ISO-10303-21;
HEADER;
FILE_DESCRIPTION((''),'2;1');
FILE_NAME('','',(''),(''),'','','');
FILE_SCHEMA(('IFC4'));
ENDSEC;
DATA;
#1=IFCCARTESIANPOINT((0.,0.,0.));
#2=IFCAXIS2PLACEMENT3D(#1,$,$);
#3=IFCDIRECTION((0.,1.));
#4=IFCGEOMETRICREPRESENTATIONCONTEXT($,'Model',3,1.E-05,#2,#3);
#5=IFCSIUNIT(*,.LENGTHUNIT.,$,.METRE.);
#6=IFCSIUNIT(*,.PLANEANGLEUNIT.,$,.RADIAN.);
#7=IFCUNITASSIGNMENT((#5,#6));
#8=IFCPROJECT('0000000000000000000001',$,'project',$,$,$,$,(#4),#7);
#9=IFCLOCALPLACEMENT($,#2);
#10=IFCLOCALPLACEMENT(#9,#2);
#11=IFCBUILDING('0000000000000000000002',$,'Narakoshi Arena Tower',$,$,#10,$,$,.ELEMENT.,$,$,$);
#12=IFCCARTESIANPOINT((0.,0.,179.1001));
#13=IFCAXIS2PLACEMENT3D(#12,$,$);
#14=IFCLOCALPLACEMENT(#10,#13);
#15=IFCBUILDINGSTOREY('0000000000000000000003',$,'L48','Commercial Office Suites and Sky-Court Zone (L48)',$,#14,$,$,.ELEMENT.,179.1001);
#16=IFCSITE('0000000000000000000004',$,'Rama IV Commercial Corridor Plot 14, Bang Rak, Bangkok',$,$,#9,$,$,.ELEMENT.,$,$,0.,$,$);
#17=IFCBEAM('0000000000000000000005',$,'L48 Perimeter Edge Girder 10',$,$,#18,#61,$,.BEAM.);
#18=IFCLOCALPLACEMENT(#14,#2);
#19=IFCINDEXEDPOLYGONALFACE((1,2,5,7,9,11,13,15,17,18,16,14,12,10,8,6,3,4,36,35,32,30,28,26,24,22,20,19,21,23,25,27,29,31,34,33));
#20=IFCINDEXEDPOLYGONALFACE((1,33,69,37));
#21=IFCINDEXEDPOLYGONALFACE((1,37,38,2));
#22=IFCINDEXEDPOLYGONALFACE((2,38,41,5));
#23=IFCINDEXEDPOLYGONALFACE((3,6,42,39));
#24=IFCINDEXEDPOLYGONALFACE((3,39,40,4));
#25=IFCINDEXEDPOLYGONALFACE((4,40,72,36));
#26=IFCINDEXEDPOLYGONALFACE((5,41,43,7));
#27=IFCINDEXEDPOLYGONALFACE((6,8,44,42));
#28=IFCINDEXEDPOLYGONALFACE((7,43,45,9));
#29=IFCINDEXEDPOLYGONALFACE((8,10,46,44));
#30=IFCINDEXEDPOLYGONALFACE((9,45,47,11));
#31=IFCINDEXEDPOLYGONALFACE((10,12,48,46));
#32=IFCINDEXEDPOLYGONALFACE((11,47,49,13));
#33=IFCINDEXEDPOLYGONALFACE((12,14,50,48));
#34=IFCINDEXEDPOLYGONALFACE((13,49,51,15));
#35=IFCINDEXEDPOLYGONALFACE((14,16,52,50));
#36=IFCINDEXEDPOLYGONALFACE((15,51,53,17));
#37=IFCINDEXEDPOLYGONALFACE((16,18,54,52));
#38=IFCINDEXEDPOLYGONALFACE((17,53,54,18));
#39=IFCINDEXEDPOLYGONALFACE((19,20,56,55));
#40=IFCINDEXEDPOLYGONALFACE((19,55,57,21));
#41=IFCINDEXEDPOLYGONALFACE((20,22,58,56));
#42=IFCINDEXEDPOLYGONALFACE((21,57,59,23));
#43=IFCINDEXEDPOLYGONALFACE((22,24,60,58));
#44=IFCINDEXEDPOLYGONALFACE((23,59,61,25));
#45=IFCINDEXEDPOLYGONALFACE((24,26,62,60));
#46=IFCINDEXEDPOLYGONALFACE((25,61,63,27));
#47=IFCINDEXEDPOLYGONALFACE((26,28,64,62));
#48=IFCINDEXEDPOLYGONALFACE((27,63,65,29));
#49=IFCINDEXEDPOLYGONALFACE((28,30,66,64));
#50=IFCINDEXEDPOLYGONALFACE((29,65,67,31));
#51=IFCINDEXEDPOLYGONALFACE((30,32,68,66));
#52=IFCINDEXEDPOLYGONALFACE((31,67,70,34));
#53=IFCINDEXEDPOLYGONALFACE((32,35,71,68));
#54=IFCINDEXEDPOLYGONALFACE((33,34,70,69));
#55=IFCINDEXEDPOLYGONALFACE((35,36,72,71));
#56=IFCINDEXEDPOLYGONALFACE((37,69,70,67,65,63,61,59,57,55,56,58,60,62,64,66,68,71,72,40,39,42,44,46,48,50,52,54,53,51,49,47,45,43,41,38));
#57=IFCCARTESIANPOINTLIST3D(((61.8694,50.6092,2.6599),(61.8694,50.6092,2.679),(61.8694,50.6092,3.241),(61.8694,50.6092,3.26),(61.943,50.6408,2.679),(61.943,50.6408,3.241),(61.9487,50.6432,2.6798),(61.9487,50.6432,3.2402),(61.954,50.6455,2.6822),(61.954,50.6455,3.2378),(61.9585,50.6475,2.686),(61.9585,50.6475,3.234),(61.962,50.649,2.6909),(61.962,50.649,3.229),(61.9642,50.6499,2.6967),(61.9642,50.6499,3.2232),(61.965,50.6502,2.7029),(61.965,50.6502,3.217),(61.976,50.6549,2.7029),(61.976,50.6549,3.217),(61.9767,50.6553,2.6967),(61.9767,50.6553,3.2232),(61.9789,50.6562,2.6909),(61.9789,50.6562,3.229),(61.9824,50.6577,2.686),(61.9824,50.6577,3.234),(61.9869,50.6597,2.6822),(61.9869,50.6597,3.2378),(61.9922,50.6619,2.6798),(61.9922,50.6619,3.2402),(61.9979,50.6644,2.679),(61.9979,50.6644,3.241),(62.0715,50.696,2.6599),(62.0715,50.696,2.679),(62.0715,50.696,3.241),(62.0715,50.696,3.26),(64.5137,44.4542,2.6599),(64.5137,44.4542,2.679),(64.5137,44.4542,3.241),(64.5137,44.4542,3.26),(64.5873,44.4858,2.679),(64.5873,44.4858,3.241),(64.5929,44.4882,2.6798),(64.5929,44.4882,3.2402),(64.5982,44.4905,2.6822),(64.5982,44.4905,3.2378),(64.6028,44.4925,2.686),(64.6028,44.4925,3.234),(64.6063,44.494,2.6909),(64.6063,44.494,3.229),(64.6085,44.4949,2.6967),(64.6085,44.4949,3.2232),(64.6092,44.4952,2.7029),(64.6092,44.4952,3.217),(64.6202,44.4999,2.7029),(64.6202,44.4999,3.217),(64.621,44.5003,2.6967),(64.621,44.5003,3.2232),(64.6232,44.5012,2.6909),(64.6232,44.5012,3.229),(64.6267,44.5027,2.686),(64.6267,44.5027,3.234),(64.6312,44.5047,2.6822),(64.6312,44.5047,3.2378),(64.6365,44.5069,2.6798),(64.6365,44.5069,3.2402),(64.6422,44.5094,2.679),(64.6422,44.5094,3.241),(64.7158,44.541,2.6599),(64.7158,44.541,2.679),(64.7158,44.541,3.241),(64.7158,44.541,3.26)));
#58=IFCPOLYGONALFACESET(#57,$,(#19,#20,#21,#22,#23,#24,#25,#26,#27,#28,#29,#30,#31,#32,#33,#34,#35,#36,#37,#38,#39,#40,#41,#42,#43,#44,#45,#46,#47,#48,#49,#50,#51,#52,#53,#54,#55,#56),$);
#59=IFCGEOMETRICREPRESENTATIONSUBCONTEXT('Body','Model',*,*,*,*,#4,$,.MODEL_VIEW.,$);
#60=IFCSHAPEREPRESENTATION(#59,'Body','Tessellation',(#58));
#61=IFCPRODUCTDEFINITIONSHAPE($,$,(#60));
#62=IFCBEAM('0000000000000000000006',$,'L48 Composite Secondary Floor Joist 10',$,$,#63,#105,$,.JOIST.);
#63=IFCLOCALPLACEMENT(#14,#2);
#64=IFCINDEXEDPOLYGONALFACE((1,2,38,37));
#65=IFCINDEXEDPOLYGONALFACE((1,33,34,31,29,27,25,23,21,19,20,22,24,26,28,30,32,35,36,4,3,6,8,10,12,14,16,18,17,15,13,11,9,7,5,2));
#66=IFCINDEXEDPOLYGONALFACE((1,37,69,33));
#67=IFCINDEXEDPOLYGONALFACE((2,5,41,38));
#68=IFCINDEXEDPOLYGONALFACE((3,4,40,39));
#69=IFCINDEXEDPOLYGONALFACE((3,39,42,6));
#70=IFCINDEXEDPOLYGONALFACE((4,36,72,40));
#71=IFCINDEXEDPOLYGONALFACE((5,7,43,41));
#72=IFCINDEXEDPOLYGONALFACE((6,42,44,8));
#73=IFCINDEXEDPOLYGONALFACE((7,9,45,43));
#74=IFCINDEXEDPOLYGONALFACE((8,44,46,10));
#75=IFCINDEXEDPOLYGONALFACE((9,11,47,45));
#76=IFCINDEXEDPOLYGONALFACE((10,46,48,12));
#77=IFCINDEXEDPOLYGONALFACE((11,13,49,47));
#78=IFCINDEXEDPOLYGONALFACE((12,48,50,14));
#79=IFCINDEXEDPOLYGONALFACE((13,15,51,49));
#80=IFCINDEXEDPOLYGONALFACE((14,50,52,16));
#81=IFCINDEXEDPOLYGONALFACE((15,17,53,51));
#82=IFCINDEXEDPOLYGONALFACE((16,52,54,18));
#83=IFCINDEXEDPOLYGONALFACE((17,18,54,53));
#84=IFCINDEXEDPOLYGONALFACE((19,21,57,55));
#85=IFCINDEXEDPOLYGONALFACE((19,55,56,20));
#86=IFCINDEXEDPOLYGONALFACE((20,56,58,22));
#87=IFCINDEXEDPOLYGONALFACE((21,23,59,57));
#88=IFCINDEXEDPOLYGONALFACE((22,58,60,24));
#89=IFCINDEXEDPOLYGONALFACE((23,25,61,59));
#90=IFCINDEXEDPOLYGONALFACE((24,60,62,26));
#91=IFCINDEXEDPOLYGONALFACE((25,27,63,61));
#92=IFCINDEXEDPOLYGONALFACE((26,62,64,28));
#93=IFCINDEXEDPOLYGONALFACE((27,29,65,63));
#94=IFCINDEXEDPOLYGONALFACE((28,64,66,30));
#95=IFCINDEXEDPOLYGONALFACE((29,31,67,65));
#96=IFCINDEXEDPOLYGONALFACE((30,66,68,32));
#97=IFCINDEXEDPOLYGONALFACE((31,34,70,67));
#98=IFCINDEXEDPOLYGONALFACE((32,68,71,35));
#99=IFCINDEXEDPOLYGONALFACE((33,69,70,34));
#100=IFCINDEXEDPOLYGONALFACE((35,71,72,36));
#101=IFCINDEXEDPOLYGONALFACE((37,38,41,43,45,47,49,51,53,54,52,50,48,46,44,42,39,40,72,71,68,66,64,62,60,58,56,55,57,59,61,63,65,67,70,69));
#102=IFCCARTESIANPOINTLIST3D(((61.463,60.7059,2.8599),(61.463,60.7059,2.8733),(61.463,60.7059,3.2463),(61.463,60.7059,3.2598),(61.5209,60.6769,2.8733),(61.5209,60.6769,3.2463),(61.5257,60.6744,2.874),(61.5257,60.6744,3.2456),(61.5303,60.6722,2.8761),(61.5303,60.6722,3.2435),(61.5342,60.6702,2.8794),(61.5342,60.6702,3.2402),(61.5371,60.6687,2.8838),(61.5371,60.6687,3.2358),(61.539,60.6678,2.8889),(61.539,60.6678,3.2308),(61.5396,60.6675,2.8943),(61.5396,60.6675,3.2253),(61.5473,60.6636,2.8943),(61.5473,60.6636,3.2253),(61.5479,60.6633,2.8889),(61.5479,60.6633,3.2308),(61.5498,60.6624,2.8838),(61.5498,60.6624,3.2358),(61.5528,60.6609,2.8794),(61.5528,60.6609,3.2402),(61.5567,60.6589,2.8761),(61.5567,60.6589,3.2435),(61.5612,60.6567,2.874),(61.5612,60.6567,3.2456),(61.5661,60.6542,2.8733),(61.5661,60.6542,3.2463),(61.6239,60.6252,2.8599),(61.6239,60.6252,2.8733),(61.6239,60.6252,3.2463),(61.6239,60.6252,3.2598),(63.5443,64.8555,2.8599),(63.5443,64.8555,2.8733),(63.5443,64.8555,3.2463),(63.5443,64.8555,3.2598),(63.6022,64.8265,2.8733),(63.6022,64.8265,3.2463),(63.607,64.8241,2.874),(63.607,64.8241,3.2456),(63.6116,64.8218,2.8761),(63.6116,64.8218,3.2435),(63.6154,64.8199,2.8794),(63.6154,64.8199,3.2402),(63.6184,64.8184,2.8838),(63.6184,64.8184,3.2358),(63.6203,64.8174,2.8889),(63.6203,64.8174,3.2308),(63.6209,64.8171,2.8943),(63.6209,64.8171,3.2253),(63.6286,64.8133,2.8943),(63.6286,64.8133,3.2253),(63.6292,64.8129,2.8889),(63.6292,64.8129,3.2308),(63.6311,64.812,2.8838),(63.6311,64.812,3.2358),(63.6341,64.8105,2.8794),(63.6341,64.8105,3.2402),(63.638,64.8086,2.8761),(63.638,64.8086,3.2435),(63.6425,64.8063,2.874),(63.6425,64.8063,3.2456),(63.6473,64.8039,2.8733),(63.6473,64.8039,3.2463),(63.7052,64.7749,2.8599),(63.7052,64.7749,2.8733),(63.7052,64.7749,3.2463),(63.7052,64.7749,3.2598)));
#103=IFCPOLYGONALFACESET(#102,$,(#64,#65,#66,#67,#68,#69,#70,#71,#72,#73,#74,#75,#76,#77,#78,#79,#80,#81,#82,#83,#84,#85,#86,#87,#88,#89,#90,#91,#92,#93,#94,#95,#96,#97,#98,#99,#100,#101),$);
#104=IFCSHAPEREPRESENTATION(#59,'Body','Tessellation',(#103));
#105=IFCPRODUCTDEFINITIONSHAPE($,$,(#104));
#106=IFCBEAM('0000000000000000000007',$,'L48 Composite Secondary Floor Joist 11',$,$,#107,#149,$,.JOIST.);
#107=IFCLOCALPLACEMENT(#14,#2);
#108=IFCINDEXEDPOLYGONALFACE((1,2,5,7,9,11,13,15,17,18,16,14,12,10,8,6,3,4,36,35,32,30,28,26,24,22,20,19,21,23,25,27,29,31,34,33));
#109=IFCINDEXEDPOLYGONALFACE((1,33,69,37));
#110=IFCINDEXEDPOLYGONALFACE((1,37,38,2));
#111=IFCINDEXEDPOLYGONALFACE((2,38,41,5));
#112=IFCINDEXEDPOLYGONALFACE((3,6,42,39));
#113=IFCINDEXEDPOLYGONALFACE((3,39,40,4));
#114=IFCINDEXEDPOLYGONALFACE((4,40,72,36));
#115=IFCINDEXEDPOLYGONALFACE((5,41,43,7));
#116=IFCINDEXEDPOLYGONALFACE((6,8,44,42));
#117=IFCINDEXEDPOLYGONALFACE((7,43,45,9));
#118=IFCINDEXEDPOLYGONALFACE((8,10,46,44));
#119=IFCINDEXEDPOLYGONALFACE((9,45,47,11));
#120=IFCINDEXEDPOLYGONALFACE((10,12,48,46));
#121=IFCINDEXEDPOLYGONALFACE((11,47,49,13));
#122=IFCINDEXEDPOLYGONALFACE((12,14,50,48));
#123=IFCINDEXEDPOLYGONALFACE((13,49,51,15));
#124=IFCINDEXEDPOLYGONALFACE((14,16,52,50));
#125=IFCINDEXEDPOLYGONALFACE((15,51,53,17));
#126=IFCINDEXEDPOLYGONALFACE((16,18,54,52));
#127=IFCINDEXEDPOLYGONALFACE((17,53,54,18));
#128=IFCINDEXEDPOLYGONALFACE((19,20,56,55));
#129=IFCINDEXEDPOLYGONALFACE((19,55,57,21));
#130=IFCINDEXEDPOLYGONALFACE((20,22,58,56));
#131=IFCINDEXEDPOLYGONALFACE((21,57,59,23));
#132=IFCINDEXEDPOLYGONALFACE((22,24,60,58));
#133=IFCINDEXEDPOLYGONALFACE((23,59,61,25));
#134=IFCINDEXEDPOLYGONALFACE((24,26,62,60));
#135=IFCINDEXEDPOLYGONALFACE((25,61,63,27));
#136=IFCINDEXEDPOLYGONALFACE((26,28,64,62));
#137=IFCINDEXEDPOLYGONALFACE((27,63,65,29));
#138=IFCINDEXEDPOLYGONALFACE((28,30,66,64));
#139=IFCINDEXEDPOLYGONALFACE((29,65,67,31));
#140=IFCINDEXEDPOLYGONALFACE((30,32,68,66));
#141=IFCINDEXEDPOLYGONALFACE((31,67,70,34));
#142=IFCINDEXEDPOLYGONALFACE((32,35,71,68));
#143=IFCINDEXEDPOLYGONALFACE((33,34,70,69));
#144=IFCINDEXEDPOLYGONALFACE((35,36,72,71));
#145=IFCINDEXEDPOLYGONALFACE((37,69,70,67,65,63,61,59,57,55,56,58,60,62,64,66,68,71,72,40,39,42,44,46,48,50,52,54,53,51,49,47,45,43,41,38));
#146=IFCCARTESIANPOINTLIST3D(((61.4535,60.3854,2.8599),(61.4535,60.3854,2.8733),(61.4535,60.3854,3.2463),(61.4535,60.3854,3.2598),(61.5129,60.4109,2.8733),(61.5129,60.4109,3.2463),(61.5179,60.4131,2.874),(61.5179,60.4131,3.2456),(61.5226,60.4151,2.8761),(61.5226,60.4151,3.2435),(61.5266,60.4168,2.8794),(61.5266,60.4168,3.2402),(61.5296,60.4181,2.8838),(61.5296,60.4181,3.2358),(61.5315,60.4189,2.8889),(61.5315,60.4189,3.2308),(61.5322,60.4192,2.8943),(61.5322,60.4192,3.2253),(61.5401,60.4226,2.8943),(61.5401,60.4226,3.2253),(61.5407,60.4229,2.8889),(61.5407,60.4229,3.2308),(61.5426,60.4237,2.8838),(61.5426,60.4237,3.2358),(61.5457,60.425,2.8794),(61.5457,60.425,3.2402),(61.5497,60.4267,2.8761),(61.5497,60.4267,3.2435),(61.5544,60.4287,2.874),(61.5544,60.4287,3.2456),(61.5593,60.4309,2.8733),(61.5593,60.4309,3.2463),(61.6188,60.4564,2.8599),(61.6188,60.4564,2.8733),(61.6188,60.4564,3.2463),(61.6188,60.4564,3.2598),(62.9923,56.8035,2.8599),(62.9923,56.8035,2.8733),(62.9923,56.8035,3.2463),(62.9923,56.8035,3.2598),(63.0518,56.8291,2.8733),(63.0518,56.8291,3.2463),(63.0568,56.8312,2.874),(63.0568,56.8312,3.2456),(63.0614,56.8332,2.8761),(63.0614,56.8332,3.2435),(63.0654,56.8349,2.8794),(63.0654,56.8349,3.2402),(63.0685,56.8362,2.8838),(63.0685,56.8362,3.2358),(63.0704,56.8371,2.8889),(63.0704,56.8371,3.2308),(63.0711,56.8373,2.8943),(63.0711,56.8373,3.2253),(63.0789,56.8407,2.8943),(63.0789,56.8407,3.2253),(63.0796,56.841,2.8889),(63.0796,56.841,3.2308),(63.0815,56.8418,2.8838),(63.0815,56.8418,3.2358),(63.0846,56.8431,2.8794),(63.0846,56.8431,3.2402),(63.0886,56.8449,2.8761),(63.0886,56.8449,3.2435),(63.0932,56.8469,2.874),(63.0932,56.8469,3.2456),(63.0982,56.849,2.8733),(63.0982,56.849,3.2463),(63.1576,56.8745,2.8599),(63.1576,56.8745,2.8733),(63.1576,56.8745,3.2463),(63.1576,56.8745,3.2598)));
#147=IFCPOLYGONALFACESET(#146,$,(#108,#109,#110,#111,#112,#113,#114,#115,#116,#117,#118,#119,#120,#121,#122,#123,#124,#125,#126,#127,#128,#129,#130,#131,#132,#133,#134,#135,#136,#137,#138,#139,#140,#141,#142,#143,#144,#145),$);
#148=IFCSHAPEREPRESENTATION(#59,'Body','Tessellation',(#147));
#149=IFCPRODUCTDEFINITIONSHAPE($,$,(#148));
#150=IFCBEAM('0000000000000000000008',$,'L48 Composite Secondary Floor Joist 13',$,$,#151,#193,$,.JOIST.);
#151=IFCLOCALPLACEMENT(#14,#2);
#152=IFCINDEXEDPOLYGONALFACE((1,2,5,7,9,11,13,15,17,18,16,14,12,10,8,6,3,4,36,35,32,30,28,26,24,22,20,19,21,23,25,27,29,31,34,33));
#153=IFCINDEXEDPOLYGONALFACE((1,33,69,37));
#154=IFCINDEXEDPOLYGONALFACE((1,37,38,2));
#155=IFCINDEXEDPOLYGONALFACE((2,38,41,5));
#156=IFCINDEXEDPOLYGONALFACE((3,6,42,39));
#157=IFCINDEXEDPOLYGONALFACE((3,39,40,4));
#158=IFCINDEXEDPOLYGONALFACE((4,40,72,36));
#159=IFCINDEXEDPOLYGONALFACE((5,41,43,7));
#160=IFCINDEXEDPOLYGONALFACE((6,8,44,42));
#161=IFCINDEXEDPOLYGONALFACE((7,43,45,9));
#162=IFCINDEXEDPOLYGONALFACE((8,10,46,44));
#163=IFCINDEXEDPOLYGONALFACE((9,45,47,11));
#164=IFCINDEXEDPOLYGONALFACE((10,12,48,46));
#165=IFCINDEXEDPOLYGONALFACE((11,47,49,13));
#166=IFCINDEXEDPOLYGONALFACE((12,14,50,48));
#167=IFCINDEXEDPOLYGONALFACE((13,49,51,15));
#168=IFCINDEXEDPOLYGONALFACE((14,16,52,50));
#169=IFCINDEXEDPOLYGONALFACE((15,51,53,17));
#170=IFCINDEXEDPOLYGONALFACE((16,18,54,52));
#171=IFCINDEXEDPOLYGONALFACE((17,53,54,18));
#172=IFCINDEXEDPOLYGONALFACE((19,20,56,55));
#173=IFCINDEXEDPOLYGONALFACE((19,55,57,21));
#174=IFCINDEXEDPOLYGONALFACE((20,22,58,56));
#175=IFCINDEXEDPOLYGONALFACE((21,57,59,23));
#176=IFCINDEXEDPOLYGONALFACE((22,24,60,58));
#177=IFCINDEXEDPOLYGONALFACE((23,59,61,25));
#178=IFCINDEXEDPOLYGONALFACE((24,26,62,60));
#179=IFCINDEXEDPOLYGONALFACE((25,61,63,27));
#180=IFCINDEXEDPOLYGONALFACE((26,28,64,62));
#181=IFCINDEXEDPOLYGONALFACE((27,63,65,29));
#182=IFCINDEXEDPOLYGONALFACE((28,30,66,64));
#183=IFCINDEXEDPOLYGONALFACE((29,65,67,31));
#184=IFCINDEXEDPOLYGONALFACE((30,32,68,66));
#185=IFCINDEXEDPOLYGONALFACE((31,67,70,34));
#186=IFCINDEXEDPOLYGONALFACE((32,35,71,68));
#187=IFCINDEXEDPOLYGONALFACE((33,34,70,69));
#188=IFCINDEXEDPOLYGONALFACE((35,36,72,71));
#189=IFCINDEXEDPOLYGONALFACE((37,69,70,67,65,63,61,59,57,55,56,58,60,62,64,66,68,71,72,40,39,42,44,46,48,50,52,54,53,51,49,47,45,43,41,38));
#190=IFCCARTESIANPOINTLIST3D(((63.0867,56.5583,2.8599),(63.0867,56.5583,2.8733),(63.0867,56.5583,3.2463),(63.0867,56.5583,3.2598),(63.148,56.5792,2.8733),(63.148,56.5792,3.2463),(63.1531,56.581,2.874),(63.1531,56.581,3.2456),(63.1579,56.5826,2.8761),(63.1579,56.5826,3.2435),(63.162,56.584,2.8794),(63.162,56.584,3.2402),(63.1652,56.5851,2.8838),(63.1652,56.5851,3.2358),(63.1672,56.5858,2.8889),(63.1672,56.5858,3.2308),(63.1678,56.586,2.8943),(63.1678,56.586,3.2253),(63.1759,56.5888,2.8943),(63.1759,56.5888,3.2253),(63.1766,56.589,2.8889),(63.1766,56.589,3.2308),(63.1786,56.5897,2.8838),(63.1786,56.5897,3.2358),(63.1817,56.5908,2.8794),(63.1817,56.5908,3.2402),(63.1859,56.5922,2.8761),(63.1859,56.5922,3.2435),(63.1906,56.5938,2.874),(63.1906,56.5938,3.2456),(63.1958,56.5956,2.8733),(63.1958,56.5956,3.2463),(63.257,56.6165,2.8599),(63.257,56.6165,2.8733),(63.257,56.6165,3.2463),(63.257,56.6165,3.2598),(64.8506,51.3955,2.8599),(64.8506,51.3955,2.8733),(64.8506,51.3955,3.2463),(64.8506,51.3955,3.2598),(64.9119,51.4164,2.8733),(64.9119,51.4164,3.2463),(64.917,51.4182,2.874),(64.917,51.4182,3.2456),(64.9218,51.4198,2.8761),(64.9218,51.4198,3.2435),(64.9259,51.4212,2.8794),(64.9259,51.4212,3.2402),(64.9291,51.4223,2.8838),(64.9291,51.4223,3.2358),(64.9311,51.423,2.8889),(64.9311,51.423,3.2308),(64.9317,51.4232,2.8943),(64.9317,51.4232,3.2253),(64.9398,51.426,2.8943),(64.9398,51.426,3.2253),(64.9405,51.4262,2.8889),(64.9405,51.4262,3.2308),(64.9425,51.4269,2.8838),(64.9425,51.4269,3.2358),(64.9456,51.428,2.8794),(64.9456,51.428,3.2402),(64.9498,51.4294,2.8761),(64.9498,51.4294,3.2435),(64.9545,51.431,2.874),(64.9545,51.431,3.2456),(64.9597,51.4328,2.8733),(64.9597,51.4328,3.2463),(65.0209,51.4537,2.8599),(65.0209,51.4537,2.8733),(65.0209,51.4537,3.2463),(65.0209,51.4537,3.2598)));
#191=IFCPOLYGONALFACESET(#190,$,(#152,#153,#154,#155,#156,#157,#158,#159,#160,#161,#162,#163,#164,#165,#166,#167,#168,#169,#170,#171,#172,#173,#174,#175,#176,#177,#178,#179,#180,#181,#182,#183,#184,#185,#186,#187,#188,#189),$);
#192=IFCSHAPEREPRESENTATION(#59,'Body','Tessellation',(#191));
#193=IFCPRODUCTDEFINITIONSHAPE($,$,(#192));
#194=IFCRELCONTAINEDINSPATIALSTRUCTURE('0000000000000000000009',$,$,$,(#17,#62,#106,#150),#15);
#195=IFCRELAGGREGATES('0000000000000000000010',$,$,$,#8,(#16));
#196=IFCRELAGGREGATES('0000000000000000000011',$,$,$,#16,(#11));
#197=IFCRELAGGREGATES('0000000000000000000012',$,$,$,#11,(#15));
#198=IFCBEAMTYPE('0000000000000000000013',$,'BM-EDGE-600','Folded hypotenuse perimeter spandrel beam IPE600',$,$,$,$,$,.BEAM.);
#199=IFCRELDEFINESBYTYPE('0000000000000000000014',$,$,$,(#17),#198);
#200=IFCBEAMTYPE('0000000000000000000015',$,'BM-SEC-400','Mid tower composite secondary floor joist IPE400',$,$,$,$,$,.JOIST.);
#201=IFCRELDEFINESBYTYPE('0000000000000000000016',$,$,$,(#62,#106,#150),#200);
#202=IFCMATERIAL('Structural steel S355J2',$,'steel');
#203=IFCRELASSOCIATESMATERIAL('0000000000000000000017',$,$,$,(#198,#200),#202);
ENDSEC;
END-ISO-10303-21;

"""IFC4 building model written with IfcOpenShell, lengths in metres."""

from ifc_helpers import new_model, si_unit, direction, frame, origin, origin_2d, place, context, subcontext, project, spatial, i_section, extrude, material, material_profile, profile_set, type_object, element, save


model = new_model("IFC4")

# Units and contexts
model_context = context("Model", 3, precision=1e-05, world=origin(), true_north=direction((0.0, 1.0)))
body_context = subcontext(model_context, "Body", "Model", "MODEL_VIEW")
ifc_project = project(units=[si_unit("LENGTHUNIT", "METRE"), si_unit("PLANEANGLEUNIT", "RADIAN")], contexts=[model_context])

# Site, building, storey
site_placement = place(None, origin())
site = spatial("IfcSite", under=ifc_project, at=site_placement, Name="Rama IV Commercial Corridor Plot 14, Bang Rak, Bangkok", CompositionType="ELEMENT", RefElevation=0.0)
building_placement = place(site_placement, origin())
building = spatial("IfcBuilding", under=site, at=building_placement, Name="Narakoshi Arena Tower", CompositionType="ELEMENT")
storey_placement = place(building_placement, frame((0.0, 0.0, 179.1001)))
storey = spatial("IfcBuildingStorey", under=building, at=storey_placement, Name="L48", Description="Commercial Office Suites and Sky-Court Zone (L48)", CompositionType="ELEMENT", Elevation=179.1001)

# Beams
ifc_material_1 = material(Name="Structural steel S355J2", Category="steel")
ifc_material_profile_1 = material_profile(ifc_material_1, i_section(OverallWidth=0.22, OverallDepth=0.6001, WebThickness=0.012, FlangeThickness=0.019, FilletRadius=0.0239, at=origin_2d()), Name="IPE600")
ifc_profile_set_1 = profile_set([ifc_material_profile_1], Name="Structural steel S355J2")
beam_type_1 = type_object("IfcBeamType", Name="BM-EDGE-600", Description="Folded hypotenuse perimeter spandrel beam IPE600", PredefinedType="BEAM", material=ifc_profile_set_1)
beam_1_placement = place(storey_placement, frame((61.9705, 50.6526, 2.96), z_axis=(0.394728, -0.918798, 0.0), x_axis=(0.918798, 0.394728, 0.0)))
element("IfcBeam", 1, at=beam_1_placement, inside=storey, type_object=beam_type_1, Name="L48 Perimeter Edge Girder 10", PredefinedType="BEAM", context=body_context, shape_type="SweptSolid", body=[
    extrude(i_section(OverallWidth=0.22, OverallDepth=0.6001, WebThickness=0.012, FlangeThickness=0.019, FilletRadius=0.0239, at=origin_2d()), origin(), (0.0, 0.0, 1.0), 6.699),
])
ifc_material_profile_2 = material_profile(ifc_material_1, i_section(OverallWidth=0.1799, OverallDepth=0.3999, WebThickness=0.0085, FlangeThickness=0.0134, FilletRadius=0.021, at=origin_2d()), Name="IPE400")
ifc_profile_set_2 = profile_set([ifc_material_profile_2], Name="Structural steel S355J2")
beam_type_2 = type_object("IfcBeamType", Name="BM-SEC-400", Description="Mid tower composite secondary floor joist IPE400", PredefinedType="JOIST", material=ifc_profile_set_2)
beam_2_placement = place(storey_placement, frame((63.6248, 64.8152, 3.0598), z_axis=(-0.448328, -0.893869, 0.0), x_axis=(0.893869, -0.448328, 0.0)))
element("IfcBeam", 2, at=beam_2_placement, inside=storey, type_object=beam_type_2, Name="L48 Composite Secondary Floor Joist 10", PredefinedType="JOIST", context=body_context, shape_type="SweptSolid", body=[
    extrude(i_section(OverallWidth=0.1799, OverallDepth=0.3999, WebThickness=0.0085, FlangeThickness=0.0134, FilletRadius=0.021, at=origin_2d()), origin(), (0.0, 0.0, 1.0), 4.6423),
])
beam_3_placement = place(storey_placement, frame((61.5361, 60.4209, 3.0598), z_axis=(0.394735, -0.918795, 0.0), x_axis=(0.918795, 0.394735, 0.0)))
element("IfcBeam", 3, at=beam_3_placement, inside=storey, type_object=beam_type_2, Name="L48 Composite Secondary Floor Joist 11", PredefinedType="JOIST", context=body_context, shape_type="SweptSolid", body=[
    extrude(i_section(OverallWidth=0.1799, OverallDepth=0.3999, WebThickness=0.0085, FlangeThickness=0.0134, FilletRadius=0.021, at=origin_2d()), origin(), (0.0, 0.0, 1.0), 3.8984),
])
beam_4_placement = place(storey_placement, frame((63.1719, 56.5874, 3.0598), z_axis=(0.323307, -0.946294, 0.0), x_axis=(0.946294, 0.323307, 0.0)))
element("IfcBeam", 4, at=beam_4_placement, inside=storey, type_object=beam_type_2, Name="L48 Composite Secondary Floor Joist 13", PredefinedType="JOIST", context=body_context, shape_type="SweptSolid", body=[
    extrude(i_section(OverallWidth=0.1799, OverallDepth=0.3999, WebThickness=0.0085, FlangeThickness=0.0134, FilletRadius=0.021, at=origin_2d()), origin(), (0.0, 0.0, 1.0), 5.4558),
])

save(model, "model.ifc")
